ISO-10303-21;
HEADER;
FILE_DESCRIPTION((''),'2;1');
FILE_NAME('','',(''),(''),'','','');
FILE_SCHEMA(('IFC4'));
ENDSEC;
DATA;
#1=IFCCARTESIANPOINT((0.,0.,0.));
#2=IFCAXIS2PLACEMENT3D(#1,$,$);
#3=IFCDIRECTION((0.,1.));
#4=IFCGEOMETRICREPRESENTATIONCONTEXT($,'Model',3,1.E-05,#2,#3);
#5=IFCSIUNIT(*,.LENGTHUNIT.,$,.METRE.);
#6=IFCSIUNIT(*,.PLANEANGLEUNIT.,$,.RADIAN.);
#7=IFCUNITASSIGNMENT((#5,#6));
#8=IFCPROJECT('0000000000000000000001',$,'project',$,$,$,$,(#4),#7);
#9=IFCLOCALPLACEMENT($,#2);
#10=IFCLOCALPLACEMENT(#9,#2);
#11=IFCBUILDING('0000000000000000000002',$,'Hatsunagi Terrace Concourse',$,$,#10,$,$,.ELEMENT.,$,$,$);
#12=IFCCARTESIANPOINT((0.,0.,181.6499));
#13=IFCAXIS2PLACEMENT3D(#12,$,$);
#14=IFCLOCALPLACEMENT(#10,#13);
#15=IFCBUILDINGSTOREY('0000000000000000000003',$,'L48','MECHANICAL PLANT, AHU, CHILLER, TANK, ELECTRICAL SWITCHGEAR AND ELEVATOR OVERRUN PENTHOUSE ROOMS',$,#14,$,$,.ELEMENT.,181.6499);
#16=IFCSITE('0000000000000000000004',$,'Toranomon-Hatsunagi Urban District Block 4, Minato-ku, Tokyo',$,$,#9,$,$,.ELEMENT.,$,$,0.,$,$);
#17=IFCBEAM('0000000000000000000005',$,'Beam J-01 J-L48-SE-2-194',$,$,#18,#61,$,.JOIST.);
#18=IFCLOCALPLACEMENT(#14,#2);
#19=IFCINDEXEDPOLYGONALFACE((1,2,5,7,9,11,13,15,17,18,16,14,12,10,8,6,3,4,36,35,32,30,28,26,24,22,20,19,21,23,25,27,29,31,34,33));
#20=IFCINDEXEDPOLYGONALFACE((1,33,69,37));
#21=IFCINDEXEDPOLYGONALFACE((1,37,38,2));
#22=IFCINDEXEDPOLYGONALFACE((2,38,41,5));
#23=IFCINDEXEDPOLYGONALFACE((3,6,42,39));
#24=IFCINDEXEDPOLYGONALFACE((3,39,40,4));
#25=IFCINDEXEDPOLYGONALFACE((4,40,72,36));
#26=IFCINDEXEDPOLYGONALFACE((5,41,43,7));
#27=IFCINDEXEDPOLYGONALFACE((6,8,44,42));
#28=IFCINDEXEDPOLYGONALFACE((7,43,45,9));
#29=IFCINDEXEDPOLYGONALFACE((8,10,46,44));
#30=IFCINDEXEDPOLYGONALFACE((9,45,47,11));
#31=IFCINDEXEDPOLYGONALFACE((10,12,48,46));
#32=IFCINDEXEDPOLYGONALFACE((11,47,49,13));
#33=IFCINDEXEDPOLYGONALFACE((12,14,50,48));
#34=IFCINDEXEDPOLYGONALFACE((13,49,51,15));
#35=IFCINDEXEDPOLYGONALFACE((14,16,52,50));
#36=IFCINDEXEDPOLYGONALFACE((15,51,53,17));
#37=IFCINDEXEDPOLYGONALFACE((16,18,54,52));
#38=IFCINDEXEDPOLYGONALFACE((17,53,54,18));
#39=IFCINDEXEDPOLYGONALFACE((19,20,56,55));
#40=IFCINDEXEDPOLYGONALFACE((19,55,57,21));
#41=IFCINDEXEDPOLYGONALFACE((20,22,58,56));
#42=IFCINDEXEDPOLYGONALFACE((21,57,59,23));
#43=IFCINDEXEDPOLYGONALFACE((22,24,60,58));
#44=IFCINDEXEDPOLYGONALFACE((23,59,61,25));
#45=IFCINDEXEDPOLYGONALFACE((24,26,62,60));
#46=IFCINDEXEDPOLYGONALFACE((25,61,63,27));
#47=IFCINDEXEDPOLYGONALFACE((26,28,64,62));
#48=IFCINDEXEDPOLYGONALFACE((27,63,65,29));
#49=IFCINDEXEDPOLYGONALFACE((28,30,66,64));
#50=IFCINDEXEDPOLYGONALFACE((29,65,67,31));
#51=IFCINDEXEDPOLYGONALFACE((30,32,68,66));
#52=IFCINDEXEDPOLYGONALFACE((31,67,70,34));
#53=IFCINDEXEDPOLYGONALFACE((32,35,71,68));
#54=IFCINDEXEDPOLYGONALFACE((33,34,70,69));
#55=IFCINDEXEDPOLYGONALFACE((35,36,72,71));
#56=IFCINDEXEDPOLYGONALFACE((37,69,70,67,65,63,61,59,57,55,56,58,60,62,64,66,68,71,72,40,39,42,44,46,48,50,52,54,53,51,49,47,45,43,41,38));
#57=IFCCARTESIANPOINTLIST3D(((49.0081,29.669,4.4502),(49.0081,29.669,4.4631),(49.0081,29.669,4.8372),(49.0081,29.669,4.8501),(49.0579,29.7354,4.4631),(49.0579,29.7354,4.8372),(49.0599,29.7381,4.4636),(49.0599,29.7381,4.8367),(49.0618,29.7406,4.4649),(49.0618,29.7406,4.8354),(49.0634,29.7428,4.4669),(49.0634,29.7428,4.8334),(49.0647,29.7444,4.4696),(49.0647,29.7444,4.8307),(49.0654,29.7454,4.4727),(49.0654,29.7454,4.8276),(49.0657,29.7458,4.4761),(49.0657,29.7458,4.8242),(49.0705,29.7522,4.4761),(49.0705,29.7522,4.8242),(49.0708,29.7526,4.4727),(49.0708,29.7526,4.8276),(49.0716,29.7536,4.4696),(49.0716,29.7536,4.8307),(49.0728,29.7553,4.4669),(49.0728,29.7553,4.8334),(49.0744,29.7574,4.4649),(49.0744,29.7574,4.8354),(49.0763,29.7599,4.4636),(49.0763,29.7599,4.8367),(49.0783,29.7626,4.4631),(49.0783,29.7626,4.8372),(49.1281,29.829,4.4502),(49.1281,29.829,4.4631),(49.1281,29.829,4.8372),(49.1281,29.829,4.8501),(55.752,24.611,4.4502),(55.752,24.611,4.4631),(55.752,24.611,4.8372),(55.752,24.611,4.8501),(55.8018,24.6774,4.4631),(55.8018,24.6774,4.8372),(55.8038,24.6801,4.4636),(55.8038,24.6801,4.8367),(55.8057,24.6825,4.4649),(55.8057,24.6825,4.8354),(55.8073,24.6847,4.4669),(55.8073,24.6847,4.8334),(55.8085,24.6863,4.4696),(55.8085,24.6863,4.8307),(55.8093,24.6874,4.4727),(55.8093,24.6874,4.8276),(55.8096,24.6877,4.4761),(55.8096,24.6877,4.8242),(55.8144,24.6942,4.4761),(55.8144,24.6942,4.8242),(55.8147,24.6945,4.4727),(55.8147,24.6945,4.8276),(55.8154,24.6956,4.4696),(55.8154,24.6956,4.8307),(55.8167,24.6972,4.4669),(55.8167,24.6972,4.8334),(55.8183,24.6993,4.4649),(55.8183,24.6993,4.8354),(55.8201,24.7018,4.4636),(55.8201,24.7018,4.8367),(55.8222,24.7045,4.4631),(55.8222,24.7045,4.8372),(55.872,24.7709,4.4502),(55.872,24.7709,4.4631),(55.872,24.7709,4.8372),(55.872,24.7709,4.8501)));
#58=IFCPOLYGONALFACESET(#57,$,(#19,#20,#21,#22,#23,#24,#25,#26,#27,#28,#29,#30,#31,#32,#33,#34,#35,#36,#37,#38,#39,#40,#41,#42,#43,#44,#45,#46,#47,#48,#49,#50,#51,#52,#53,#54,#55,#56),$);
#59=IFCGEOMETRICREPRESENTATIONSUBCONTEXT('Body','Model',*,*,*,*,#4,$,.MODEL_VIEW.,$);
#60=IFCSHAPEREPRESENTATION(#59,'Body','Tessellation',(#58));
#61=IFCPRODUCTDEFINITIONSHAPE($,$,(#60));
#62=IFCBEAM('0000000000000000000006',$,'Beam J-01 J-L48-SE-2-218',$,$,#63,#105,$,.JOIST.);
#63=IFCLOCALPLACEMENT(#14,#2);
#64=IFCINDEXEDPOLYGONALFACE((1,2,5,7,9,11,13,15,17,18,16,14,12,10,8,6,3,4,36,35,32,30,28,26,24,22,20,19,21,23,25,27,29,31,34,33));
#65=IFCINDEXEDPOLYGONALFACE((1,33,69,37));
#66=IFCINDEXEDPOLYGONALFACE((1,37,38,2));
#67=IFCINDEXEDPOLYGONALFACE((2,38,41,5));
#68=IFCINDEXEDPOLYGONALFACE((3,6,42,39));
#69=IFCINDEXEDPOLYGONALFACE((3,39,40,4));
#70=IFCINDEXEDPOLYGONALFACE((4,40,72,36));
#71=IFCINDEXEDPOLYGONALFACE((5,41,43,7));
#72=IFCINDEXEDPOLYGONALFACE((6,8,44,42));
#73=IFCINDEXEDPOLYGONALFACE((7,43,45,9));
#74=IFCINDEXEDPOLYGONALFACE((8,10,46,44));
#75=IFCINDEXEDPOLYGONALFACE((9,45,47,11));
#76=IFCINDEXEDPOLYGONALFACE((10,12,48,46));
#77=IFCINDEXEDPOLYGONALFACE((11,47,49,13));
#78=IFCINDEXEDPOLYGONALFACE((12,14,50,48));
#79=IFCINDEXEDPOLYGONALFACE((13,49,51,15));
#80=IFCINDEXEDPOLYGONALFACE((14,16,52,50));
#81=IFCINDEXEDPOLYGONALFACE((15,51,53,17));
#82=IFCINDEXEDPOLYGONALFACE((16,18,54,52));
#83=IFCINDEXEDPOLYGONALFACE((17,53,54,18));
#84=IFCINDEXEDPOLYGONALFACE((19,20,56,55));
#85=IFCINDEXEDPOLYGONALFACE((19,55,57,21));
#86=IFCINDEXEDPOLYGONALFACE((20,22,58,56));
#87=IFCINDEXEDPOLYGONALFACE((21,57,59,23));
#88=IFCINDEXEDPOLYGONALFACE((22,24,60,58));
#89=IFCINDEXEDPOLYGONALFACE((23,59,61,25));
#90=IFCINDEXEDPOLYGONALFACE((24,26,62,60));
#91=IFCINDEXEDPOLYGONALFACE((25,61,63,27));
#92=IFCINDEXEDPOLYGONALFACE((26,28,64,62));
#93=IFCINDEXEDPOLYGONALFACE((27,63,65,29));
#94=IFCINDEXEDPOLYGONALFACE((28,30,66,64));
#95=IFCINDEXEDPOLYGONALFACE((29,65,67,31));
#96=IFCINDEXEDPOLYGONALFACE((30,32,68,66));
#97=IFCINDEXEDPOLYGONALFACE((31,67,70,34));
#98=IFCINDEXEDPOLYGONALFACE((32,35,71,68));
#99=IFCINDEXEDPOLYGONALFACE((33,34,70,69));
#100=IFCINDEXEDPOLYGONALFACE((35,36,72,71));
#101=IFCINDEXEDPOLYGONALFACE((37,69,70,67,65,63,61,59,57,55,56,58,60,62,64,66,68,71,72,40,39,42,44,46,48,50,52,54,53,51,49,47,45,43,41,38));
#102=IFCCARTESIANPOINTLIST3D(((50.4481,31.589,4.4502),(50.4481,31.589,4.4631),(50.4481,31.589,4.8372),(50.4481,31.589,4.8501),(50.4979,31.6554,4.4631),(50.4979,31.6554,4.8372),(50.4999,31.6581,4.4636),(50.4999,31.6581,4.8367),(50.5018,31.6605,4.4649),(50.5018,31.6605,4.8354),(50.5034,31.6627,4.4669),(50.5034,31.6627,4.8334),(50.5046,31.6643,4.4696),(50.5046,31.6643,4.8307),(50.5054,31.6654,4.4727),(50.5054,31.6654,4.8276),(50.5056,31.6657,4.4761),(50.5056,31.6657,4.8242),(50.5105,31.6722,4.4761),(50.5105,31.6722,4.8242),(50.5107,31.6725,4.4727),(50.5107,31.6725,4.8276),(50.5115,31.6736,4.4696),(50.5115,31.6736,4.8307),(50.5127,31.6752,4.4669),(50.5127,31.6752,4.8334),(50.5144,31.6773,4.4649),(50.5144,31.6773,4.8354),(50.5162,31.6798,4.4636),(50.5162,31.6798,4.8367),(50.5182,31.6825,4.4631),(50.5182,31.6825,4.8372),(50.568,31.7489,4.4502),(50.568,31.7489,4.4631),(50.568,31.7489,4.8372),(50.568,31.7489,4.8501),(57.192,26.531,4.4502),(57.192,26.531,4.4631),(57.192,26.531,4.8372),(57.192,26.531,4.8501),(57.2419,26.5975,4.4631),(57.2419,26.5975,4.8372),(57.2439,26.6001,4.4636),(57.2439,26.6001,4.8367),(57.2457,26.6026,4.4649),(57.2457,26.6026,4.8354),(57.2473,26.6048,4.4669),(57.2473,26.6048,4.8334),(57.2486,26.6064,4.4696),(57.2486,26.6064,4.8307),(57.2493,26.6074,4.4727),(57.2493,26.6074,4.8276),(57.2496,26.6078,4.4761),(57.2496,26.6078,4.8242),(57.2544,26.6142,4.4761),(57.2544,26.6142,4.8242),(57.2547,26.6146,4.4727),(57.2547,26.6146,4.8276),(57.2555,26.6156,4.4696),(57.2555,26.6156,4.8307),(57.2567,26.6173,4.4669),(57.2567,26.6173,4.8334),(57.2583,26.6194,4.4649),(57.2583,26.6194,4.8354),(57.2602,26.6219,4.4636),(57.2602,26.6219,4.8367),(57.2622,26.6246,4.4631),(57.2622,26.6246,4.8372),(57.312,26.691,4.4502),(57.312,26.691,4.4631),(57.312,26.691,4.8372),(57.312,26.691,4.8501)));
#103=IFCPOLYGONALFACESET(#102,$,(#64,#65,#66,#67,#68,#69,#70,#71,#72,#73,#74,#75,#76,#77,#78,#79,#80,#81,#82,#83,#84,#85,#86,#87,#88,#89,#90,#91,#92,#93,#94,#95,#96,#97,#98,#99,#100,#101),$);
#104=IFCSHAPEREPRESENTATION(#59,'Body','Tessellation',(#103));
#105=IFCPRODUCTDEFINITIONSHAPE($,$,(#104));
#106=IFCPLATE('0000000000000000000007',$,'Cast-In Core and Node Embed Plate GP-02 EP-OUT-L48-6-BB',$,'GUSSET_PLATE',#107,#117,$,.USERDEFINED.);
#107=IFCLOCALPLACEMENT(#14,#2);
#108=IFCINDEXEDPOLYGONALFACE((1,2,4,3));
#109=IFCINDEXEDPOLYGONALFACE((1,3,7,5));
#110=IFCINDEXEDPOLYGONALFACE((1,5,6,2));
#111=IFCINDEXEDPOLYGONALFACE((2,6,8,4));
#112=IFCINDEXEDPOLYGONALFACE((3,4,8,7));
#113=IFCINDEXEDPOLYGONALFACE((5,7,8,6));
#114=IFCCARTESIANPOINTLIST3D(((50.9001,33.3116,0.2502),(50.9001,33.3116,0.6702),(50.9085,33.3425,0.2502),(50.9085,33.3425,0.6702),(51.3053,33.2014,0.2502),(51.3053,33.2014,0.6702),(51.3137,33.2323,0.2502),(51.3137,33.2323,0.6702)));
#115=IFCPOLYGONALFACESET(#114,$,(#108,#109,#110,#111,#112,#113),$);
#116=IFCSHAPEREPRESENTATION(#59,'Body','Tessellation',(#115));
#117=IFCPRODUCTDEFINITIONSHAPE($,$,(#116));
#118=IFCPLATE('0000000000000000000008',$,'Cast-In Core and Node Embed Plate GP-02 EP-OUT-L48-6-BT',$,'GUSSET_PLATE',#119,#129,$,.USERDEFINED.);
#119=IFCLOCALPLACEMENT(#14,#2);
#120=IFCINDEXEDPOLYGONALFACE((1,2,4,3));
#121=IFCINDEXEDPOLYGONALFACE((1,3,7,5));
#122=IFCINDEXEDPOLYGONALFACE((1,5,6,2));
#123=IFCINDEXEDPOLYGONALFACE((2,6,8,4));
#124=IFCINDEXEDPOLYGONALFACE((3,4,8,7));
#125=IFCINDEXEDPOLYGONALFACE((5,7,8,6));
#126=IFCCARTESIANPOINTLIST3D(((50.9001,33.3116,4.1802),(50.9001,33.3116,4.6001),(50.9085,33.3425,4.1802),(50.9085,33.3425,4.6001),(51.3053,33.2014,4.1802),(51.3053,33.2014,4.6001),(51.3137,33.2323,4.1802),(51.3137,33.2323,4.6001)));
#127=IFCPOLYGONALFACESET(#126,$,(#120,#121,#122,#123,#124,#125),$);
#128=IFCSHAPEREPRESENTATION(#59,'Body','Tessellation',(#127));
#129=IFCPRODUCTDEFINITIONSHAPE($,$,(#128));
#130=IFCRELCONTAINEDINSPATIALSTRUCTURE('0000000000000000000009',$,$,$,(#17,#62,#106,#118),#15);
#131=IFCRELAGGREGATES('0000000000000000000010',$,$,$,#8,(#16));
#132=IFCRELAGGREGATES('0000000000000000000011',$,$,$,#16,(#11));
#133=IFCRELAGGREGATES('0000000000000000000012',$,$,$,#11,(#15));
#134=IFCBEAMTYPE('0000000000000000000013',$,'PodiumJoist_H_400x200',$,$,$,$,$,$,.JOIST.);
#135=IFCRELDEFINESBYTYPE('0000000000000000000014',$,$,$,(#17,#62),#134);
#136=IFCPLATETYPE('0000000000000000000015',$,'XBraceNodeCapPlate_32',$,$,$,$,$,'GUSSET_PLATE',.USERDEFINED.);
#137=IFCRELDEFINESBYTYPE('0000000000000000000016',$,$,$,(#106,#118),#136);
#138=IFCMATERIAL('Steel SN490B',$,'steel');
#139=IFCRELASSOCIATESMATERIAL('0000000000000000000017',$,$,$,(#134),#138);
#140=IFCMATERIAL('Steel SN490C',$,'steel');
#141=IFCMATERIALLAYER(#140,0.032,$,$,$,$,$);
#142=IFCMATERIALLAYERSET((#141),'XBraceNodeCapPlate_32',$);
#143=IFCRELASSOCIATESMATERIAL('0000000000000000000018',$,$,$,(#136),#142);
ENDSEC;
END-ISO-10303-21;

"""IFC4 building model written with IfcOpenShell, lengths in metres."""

from ifc_helpers import new_model, si_unit, direction, frame, origin, origin_2d, place, context, subcontext, project, spatial, rectangle, i_section, extrude, material, layer, layer_set, material_profile, profile_set, type_object, element, save


model = new_model("IFC4")

# Units and contexts
model_context = context("Model", 3, precision=1e-05, world=origin(), true_north=direction((0.0, 1.0)))
body_context = subcontext(model_context, "Body", "Model", "MODEL_VIEW")
ifc_project = project(units=[si_unit("LENGTHUNIT", "METRE"), si_unit("PLANEANGLEUNIT", "RADIAN")], contexts=[model_context])

# Site, building, storey
site_placement = place(None, origin())
site = spatial("IfcSite", under=ifc_project, at=site_placement, Name="Toranomon-Hatsunagi Urban District Block 4, Minato-ku, Tokyo", CompositionType="ELEMENT", RefElevation=0.0)
building_placement = place(site_placement, origin())
building = spatial("IfcBuilding", under=site, at=building_placement, Name="Hatsunagi Terrace Concourse", CompositionType="ELEMENT")
storey_placement = place(building_placement, frame((0.0, 0.0, 181.6499)))
storey = spatial("IfcBuildingStorey", under=building, at=storey_placement, Name="L48", Description="MECHANICAL PLANT, AHU, CHILLER, TANK, ELECTRICAL SWITCHGEAR AND ELEVATOR OVERRUN PENTHOUSE ROOMS", CompositionType="ELEMENT", Elevation=181.6499)

# Beams
ifc_material_1 = material(Name="Steel SN490B", Category="steel")
ifc_material_profile_1 = material_profile(ifc_material_1, i_section(OverallWidth=0.2, OverallDepth=0.3999, WebThickness=0.0081, FlangeThickness=0.0129, FilletRadius=0.0129, at=origin_2d()), Name="H-400x200x8x13")
ifc_profile_set_1 = profile_set([ifc_material_profile_1], Name="Steel SN490B")
beam_type_1 = type_object("IfcBeamType", Name="PodiumJoist_H_400x200", PredefinedType="JOIST", material=ifc_profile_set_1)
for number, where, z_axis, x_axis, name in (
    (1, (49.0681, 29.749, 4.6501), (0.79999, -0.600014, 0.0), (0.600014, 0.79999, 0.0), "Beam J-01 J-L48-SE-2-194"),
    (2, (50.5081, 31.6689, 4.6501), (0.800003, -0.599995, 0.0), (0.599995, 0.800003, 0.0), "Beam J-01 J-L48-SE-2-218"),
):
    element("IfcBeam", number, at=place(storey_placement, frame(where, z_axis=z_axis, x_axis=x_axis)), inside=storey, type_object=beam_type_1, Name=name, PredefinedType="JOIST", context=body_context, shape_type="SweptSolid", body=[
        extrude(i_section(OverallWidth=0.2, OverallDepth=0.3999, WebThickness=0.0081, FlangeThickness=0.0129, FilletRadius=0.0129, at=origin_2d()), origin(), (0.0, 0.0, 1.0), 8.4299),
    ])

# Plates
ifc_material_2 = material(Name="Steel SN490C", Category="steel")
ifc_layer_1 = layer(ifc_material_2, 0.032)
ifc_layer_set_1 = layer_set([ifc_layer_1], Name="XBraceNodeCapPlate_32")
plate_type = type_object("IfcPlateType", Name="XBraceNodeCapPlate_32", ElementType="GUSSET_PLATE", PredefinedType="USERDEFINED", material=ifc_layer_set_1)
for number, where, z_axis, x_axis, name in (
    (3, (51.1069, 33.272, 0.2502), (0.0, 0.0, 1.0), (0.964962, -0.262391, 0.0), "Cast-In Core and Node Embed Plate GP-02 EP-OUT-L48-6-BB"),
    (4, (51.1069, 33.272, 4.1802), (0.0, 0.0, 1.0), (0.964962, -0.262391, 0.0), "Cast-In Core and Node Embed Plate GP-02 EP-OUT-L48-6-BT"),
):
    element("IfcPlate", number, at=place(storey_placement, frame(where, z_axis=z_axis, x_axis=x_axis)), inside=storey, type_object=plate_type, Name=name, ObjectType="GUSSET_PLATE", PredefinedType="USERDEFINED", context=body_context, shape_type="SweptSolid", body=[
        extrude(rectangle(XDim=0.4199, YDim=0.032, at=origin_2d()), origin(), (0.0, 0.0, 1.0), 0.4199),
    ])

save(model, "model.ifc")
